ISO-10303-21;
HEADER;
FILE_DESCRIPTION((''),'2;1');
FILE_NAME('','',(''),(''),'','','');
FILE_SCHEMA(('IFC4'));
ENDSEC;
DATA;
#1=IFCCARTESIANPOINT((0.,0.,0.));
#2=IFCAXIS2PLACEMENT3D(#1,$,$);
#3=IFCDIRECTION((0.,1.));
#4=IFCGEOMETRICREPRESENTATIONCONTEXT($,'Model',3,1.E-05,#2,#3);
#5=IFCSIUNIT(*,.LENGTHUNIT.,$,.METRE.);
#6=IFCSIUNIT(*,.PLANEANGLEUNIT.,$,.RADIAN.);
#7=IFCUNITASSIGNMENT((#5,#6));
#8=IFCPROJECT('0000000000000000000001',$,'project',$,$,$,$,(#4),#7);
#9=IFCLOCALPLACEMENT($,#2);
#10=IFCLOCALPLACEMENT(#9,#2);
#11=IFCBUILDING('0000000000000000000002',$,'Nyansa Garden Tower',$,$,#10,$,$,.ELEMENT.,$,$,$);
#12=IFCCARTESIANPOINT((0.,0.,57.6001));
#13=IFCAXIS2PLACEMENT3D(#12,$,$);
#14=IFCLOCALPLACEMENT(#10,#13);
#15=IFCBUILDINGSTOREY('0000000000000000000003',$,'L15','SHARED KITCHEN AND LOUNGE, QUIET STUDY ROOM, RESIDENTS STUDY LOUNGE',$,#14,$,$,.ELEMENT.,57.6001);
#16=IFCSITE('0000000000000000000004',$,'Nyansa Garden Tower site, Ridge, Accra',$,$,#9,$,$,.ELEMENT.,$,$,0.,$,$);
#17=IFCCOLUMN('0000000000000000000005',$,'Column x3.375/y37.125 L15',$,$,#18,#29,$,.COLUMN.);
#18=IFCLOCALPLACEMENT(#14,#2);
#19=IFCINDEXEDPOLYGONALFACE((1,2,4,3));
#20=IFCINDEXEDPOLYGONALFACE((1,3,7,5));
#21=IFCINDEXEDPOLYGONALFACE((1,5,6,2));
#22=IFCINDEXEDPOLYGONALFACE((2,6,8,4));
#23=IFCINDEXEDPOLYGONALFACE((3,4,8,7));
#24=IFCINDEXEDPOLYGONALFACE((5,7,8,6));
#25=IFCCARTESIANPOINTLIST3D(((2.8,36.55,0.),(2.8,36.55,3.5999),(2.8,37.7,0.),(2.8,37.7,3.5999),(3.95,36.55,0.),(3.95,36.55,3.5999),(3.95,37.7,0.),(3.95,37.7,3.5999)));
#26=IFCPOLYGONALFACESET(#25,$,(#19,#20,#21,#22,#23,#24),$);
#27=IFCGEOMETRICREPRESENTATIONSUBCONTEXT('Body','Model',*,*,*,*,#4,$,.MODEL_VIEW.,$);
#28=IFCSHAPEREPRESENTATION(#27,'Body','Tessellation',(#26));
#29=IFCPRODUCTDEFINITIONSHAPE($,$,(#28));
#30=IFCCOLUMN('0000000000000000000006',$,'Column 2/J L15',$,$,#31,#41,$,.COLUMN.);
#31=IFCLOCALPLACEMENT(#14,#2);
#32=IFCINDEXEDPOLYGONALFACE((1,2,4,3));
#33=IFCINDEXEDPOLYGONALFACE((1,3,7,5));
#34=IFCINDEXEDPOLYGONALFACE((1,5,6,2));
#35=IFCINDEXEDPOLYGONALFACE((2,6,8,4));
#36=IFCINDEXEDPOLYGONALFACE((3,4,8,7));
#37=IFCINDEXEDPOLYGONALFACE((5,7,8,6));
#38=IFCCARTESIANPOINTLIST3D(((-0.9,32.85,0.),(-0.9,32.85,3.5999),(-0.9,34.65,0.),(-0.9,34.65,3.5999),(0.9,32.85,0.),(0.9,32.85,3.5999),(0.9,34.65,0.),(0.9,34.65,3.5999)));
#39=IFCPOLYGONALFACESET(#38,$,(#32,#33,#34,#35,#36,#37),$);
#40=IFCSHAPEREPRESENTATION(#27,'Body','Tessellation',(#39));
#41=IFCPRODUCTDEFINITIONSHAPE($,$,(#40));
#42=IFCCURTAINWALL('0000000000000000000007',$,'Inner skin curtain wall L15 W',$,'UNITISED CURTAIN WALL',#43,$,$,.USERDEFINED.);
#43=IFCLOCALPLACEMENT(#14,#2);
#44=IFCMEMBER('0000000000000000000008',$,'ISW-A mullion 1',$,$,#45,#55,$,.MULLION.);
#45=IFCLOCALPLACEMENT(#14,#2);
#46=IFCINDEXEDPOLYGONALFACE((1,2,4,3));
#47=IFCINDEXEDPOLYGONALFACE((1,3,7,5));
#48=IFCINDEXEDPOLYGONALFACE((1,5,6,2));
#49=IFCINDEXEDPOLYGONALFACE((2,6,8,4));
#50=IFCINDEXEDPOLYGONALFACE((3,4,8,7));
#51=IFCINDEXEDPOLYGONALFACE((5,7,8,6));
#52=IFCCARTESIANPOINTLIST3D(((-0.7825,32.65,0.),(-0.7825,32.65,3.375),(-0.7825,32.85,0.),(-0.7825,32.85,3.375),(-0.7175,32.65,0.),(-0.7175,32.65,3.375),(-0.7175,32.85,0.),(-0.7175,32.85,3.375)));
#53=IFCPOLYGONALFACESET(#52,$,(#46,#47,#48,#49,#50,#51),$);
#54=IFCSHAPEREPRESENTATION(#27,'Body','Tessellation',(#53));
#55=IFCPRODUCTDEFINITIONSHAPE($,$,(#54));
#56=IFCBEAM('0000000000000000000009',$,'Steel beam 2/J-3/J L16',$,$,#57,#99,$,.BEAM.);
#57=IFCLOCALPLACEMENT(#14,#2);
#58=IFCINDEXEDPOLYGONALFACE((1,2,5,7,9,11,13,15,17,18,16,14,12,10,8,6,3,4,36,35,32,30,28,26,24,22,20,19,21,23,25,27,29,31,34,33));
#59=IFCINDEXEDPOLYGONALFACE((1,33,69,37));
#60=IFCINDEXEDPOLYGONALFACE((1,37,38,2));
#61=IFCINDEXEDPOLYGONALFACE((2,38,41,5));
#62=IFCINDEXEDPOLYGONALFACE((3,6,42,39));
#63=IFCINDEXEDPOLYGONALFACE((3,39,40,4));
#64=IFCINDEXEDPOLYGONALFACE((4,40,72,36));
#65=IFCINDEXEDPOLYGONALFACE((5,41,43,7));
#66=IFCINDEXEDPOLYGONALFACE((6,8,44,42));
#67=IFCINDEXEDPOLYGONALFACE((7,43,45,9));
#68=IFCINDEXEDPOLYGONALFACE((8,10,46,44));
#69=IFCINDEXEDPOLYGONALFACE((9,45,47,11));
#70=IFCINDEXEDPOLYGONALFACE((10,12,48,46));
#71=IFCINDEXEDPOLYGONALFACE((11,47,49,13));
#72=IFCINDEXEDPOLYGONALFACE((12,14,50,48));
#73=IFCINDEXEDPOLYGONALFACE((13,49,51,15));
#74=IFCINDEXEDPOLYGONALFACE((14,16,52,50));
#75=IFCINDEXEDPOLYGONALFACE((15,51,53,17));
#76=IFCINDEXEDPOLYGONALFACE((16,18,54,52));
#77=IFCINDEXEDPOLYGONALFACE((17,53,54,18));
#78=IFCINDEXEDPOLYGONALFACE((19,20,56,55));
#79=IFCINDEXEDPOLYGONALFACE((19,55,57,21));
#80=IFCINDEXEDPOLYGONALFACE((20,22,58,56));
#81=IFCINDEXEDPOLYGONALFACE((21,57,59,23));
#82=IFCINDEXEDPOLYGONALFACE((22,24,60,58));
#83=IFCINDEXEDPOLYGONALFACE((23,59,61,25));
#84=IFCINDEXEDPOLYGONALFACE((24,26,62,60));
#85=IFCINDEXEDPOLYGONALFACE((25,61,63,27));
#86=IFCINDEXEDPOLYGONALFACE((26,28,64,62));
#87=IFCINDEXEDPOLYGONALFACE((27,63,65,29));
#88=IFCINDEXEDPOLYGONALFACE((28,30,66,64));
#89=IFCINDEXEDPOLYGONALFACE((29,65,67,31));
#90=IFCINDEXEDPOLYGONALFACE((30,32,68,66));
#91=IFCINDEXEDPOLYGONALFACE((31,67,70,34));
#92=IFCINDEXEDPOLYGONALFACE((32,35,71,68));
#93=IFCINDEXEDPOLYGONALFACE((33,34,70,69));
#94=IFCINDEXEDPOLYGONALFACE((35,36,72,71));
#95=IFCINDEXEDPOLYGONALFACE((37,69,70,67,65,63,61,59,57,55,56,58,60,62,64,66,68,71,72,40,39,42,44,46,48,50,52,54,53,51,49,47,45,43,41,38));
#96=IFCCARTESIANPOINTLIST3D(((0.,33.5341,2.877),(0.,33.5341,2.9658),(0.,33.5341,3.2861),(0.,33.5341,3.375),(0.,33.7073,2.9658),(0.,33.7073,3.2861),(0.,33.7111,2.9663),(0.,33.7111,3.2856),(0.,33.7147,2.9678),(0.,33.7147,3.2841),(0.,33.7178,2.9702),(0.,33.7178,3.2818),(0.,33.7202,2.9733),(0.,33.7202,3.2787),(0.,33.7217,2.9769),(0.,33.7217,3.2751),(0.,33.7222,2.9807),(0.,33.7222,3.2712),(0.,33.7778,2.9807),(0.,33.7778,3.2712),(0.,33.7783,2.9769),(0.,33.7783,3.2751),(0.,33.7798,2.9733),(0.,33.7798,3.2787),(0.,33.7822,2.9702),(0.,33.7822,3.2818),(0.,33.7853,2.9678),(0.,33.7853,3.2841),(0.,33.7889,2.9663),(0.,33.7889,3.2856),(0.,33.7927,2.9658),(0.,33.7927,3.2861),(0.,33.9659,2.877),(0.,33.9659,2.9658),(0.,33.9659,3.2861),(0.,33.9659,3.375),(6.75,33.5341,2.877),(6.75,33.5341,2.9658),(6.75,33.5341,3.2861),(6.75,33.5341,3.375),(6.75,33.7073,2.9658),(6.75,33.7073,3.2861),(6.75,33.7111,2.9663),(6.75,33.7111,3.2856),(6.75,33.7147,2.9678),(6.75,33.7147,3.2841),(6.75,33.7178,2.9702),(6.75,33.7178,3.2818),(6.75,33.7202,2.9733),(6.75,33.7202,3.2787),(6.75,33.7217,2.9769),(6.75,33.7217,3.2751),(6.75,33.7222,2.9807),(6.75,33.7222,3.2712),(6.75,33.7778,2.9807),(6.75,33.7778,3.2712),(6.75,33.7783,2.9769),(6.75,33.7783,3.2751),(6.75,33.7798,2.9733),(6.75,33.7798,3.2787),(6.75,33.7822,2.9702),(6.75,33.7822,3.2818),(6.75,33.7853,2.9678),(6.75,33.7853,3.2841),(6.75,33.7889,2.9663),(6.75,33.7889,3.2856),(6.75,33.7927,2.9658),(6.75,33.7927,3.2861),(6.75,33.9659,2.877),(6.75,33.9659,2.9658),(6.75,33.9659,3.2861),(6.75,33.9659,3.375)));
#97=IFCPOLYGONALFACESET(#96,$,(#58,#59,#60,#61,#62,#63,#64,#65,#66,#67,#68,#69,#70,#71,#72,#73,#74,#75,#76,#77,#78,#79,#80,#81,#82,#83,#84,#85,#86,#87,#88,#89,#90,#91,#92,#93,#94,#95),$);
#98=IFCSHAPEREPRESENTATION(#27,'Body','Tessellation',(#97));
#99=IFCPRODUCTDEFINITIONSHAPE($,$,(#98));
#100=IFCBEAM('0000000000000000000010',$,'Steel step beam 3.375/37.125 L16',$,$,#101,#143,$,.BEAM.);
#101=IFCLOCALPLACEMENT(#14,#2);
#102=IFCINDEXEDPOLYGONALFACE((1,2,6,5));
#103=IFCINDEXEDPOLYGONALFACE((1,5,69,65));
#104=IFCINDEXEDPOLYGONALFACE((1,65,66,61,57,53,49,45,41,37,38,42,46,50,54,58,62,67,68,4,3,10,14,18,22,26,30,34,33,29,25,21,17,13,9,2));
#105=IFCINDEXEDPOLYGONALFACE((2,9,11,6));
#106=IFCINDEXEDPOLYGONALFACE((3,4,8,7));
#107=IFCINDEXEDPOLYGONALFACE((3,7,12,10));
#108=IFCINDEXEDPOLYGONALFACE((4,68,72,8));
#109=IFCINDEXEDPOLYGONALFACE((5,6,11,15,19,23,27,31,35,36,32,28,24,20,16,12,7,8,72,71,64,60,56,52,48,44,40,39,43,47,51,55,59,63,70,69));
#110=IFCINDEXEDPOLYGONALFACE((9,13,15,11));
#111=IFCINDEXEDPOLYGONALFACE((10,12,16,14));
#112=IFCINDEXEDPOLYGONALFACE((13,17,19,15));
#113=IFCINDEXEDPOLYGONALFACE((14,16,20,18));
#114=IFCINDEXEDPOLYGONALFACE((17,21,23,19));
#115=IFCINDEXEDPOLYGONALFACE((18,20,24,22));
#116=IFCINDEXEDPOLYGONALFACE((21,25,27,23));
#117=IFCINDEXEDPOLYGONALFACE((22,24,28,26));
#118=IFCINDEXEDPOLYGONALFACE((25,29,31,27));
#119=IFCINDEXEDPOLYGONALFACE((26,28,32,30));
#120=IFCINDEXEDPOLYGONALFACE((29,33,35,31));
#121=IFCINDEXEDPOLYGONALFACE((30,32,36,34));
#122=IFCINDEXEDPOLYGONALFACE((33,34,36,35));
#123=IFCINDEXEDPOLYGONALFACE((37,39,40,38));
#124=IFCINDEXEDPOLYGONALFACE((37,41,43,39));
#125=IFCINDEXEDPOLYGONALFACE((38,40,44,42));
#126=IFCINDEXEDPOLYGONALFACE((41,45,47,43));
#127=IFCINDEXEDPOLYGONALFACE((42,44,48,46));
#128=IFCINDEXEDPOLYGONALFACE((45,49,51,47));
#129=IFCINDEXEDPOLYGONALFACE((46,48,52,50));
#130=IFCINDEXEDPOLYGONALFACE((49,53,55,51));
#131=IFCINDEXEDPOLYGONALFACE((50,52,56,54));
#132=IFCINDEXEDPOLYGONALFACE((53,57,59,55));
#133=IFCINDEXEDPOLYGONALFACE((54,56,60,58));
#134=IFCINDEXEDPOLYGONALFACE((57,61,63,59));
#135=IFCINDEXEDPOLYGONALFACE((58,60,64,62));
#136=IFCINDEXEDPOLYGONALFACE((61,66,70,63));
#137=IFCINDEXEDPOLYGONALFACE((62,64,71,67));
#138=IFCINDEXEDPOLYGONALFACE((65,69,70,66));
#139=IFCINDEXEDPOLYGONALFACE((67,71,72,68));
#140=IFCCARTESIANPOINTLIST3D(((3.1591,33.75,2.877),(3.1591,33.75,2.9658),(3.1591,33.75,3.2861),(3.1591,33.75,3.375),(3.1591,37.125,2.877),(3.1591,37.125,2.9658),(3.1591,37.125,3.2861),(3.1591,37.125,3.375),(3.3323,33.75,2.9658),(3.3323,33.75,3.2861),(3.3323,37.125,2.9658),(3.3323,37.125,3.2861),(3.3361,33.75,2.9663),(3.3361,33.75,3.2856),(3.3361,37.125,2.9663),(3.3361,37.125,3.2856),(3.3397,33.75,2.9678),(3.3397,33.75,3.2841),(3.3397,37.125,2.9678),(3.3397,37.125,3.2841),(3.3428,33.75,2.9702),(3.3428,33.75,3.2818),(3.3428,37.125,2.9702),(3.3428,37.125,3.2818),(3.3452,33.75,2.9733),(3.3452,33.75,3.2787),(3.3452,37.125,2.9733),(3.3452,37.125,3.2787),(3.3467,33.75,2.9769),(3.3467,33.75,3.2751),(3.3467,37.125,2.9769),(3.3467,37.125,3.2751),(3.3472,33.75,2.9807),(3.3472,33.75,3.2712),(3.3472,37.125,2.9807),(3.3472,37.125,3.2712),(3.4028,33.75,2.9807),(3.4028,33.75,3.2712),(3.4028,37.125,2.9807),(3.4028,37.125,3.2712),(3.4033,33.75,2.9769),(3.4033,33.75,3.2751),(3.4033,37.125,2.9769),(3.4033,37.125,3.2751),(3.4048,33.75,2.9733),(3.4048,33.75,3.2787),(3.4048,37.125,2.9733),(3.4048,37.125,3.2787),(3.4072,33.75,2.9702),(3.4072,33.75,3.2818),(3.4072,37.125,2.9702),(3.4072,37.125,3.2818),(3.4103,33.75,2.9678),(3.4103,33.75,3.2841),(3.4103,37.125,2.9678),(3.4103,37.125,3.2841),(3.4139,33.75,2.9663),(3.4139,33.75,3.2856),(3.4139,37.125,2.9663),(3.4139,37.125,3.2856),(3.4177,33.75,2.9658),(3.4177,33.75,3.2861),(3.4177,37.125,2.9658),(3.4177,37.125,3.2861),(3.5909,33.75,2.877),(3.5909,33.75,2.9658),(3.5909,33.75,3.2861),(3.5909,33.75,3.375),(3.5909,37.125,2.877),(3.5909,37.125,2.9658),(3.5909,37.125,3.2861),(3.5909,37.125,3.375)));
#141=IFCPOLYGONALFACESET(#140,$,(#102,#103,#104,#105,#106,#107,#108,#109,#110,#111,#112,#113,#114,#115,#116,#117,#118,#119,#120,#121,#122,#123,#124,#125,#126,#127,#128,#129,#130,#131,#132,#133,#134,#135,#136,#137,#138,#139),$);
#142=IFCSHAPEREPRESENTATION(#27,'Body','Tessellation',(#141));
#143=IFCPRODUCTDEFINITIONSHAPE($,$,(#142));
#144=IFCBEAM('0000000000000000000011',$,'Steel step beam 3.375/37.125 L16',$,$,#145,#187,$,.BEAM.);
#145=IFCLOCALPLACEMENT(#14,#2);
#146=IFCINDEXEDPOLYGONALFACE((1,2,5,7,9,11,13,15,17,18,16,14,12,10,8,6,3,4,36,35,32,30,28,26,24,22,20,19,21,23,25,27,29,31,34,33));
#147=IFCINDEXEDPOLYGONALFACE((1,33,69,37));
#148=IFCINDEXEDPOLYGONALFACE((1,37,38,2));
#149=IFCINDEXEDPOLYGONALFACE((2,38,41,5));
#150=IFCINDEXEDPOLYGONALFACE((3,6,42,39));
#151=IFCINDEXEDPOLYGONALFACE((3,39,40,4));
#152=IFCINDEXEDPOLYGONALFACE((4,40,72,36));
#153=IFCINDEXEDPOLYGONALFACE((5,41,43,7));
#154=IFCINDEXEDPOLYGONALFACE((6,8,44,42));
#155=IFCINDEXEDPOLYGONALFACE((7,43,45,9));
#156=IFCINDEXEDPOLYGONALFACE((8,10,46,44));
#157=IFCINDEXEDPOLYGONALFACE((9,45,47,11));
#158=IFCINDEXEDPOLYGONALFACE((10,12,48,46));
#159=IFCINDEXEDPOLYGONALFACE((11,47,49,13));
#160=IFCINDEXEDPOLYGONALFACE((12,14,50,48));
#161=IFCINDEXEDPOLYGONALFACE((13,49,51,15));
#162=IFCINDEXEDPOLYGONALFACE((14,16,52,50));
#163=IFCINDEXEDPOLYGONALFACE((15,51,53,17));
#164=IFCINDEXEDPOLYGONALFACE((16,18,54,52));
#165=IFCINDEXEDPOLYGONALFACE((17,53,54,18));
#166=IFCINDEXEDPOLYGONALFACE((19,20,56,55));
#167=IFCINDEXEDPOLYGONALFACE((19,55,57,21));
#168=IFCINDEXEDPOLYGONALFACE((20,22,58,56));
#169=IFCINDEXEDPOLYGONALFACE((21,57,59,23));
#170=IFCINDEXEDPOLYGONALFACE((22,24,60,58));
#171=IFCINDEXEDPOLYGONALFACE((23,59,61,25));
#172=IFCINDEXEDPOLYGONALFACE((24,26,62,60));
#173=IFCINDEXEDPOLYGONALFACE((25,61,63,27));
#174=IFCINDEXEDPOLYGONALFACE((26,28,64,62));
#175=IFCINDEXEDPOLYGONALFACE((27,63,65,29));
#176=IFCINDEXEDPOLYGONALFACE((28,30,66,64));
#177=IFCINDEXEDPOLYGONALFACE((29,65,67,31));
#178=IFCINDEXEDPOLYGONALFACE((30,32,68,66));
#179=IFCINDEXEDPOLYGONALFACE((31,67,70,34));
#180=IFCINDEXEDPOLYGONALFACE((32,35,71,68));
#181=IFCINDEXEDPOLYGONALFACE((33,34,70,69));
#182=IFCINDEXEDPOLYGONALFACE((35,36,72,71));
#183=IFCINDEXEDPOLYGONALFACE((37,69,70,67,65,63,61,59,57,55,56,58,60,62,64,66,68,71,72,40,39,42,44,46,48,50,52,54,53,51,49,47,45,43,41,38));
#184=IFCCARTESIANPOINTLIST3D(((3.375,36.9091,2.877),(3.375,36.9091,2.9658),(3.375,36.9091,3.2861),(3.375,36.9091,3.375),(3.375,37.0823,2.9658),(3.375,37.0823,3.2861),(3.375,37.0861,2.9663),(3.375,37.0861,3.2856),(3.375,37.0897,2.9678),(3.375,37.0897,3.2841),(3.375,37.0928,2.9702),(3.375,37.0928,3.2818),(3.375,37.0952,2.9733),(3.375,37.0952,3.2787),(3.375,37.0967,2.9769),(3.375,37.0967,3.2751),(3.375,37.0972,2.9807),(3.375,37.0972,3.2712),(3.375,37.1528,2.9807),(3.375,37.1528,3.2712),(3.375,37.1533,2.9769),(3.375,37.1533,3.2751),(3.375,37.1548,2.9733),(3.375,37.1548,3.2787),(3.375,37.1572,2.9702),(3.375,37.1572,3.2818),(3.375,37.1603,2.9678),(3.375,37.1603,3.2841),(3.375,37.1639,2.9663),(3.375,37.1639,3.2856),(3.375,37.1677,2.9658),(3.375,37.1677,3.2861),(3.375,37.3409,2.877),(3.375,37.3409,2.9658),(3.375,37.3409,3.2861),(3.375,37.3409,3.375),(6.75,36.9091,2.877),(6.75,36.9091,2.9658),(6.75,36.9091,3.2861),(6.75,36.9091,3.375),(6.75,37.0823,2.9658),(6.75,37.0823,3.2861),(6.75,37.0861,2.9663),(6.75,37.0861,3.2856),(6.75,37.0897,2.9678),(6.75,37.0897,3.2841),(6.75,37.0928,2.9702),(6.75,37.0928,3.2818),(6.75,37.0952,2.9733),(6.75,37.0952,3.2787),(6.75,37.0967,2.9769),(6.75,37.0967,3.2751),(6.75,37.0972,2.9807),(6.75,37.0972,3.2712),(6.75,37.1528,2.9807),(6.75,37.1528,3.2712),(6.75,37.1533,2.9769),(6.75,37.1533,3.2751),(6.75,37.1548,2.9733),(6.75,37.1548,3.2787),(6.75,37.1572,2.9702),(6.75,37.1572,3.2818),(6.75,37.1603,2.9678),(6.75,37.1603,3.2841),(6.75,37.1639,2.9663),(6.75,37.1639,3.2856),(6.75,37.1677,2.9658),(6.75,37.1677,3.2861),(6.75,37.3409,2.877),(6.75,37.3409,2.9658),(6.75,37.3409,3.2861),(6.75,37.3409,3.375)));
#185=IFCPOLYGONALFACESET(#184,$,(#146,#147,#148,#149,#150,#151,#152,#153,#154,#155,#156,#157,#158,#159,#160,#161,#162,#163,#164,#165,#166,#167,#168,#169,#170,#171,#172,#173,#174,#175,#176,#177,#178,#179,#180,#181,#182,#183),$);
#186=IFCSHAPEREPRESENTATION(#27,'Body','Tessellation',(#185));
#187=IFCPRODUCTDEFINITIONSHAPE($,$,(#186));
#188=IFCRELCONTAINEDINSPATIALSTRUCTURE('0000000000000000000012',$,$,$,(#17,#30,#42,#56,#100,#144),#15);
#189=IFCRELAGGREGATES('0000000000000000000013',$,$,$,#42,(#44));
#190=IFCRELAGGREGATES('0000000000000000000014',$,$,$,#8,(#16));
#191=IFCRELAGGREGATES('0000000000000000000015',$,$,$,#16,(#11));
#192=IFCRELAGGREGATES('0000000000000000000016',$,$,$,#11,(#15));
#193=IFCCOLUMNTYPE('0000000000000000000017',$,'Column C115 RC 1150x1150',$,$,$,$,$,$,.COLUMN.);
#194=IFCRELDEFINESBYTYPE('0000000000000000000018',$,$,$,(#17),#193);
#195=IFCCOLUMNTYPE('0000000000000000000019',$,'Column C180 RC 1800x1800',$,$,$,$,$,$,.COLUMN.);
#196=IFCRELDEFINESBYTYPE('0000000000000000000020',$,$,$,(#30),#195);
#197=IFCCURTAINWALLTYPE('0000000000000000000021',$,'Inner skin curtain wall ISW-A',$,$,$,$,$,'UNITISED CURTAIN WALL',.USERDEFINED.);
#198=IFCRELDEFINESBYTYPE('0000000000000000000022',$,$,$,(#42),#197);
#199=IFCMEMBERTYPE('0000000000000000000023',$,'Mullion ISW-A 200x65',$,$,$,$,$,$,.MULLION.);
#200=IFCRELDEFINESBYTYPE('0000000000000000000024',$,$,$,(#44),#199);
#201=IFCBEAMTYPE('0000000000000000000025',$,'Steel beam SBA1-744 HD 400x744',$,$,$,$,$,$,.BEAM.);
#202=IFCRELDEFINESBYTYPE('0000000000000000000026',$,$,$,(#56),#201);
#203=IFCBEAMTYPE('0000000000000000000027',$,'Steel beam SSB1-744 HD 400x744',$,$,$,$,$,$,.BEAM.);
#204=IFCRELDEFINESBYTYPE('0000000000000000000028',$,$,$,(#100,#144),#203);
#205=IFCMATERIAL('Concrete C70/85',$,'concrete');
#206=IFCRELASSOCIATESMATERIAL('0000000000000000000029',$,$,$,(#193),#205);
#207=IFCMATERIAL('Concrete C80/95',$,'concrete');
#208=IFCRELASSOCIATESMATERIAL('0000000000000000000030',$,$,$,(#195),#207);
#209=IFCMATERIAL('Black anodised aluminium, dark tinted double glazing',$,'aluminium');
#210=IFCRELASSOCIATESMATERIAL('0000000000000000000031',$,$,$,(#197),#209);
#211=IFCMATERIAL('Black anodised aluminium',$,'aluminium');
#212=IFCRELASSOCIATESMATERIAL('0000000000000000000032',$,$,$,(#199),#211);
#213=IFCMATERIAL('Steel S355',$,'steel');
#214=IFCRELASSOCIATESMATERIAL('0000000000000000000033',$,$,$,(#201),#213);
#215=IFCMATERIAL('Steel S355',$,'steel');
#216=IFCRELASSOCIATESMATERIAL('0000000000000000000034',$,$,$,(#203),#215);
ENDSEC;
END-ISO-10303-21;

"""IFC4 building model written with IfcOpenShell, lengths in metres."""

from ifc_helpers import new_model, si_unit, direction, frame, origin, origin_2d, place, context, subcontext, project, spatial, rectangle, i_section, extrude, material, material_profile, profile_set, type_object, element, aggregate, save


model = new_model("IFC4")

# Units and contexts
model_context = context("Model", 3, precision=1e-05, world=origin(), true_north=direction((0.0, 1.0)))
body_context = subcontext(model_context, "Body", "Model", "MODEL_VIEW")
ifc_project = project(units=[si_unit("LENGTHUNIT", "METRE"), si_unit("PLANEANGLEUNIT", "RADIAN")], contexts=[model_context])

# Site, building, storey
site_placement = place(None, origin())
site = spatial("IfcSite", under=ifc_project, at=site_placement, Name="Nyansa Garden Tower site, Ridge, Accra", CompositionType="ELEMENT", RefElevation=0.0)
building_placement = place(site_placement, origin())
building = spatial("IfcBuilding", under=site, at=building_placement, Name="Nyansa Garden Tower", CompositionType="ELEMENT")
storey_placement = place(building_placement, frame((0.0, 0.0, 57.6001)))
storey = spatial("IfcBuildingStorey", under=building, at=storey_placement, Name="L15", Description="SHARED KITCHEN AND LOUNGE, QUIET STUDY ROOM, RESIDENTS STUDY LOUNGE", CompositionType="ELEMENT", Elevation=57.6001)

# Columns
ifc_material_1 = material(Name="Concrete C70/85", Category="concrete")
ifc_material_profile_1 = material_profile(ifc_material_1, rectangle(XDim=1.1499, YDim=1.1499, at=origin_2d()), Name="RC 1150x1150")
ifc_profile_set_1 = profile_set([ifc_material_profile_1], Name="Concrete C70/85")
column_type_1 = type_object("IfcColumnType", Name="Column C115 RC 1150x1150", PredefinedType="COLUMN", material=ifc_profile_set_1)
column_1_placement = place(storey_placement, frame((3.375, 37.125, 0.0), z_axis=(0.0, 0.0, 1.0), x_axis=(1.0, 0.0, 0.0)))
element("IfcColumn", 1, at=column_1_placement, inside=storey, type_object=column_type_1, Name="Column x3.375/y37.125 L15", PredefinedType="COLUMN", context=body_context, shape_type="SweptSolid", body=[
    extrude(rectangle(XDim=1.1499, YDim=1.1499, at=origin_2d()), origin(), (0.0, 0.0, 1.0), 3.5999),
])
ifc_material_2 = material(Name="Concrete C80/95", Category="concrete")
ifc_material_profile_2 = material_profile(ifc_material_2, rectangle(XDim=1.8, YDim=1.8, at=origin_2d()), Name="RC 1800x1800")
ifc_profile_set_2 = profile_set([ifc_material_profile_2], Name="Concrete C80/95")
column_type_2 = type_object("IfcColumnType", Name="Column C180 RC 1800x1800", PredefinedType="COLUMN", material=ifc_profile_set_2)
column_2_placement = place(storey_placement, frame((0.0, 33.75, 0.0), z_axis=(0.0, 0.0, 1.0), x_axis=(1.0, 0.0, 0.0)))
element("IfcColumn", 2, at=column_2_placement, inside=storey, type_object=column_type_2, Name="Column 2/J L15", PredefinedType="COLUMN", context=body_context, shape_type="SweptSolid", body=[
    extrude(rectangle(XDim=1.8, YDim=1.8, at=origin_2d()), origin(), (0.0, 0.0, 1.0), 3.5999),
])

# Curtain wall, member
ifc_material_3 = material(Name="Black anodised aluminium, dark tinted double glazing", Category="aluminium")
curtain_wall_type = type_object("IfcCurtainWallType", Name="Inner skin curtain wall ISW-A", ElementType="UNITISED CURTAIN WALL", PredefinedType="USERDEFINED", material=ifc_material_3)
curtain_wall_placement = place(storey_placement, origin())
curtain_wall = element("IfcCurtainWall", 3, at=curtain_wall_placement, inside=storey, type_object=curtain_wall_type, Name="Inner skin curtain wall L15 W", ObjectType="UNITISED CURTAIN WALL", PredefinedType="USERDEFINED")
ifc_material_4 = material(Name="Black anodised aluminium", Category="aluminium")
ifc_material_profile_3 = material_profile(ifc_material_4, rectangle(XDim=0.0649, YDim=0.2, at=origin_2d()), Name="Mullion 200x65")
ifc_profile_set_3 = profile_set([ifc_material_profile_3], Name="Black anodised aluminium")
member_type_1 = type_object("IfcMemberType", Name="Mullion ISW-A 200x65", PredefinedType="MULLION", material=ifc_profile_set_3)
member_1_placement = place(storey_placement, frame((-0.75, 32.75, 0.0), z_axis=(0.0, 0.0, 1.0), x_axis=(1.0, 0.0, 0.0)))
member_1 = element("IfcMember", 4, at=member_1_placement, type_object=member_type_1, Name="ISW-A mullion 1", PredefinedType="MULLION", context=body_context, shape_type="SweptSolid", body=[
    extrude(rectangle(XDim=0.0649, YDim=0.2, at=origin_2d()), origin(), (0.0, 0.0, 1.0), 3.375),
])

# Beams
ifc_material_5 = material(Name="Steel S355", Category="steel")
ifc_material_profile_4 = material_profile(ifc_material_5, i_section(OverallWidth=0.4319, OverallDepth=0.498, WebThickness=0.0557, FlangeThickness=0.0889, FilletRadius=0.0149, at=origin_2d()), Name="HD 400x744")
ifc_profile_set_4 = profile_set([ifc_material_profile_4], Name="Steel S355")
beam_type_1 = type_object("IfcBeamType", Name="Steel beam SBA1-744 HD 400x744", PredefinedType="BEAM", material=ifc_profile_set_4)
beam_placement = place(storey_placement, frame((0.0, 33.75, 3.126), z_axis=(1.0, 0.0, 0.0), x_axis=(0.0, 1.0, 0.0)))
element("IfcBeam", 5, at=beam_placement, inside=storey, type_object=beam_type_1, Name="Steel beam 2/J-3/J L16", PredefinedType="BEAM", context=body_context, shape_type="SweptSolid", body=[
    extrude(i_section(OverallWidth=0.4319, OverallDepth=0.498, WebThickness=0.0557, FlangeThickness=0.0889, FilletRadius=0.0149, at=origin_2d()), origin(), (0.0, 0.0, 1.0), 6.75),
])
ifc_material_6 = material(Name="Steel S355", Category="steel")
ifc_material_profile_5 = material_profile(ifc_material_6, i_section(OverallWidth=0.4319, OverallDepth=0.498, WebThickness=0.0557, FlangeThickness=0.0889, FilletRadius=0.0149, at=origin_2d()), Name="HD 400x744")
ifc_profile_set_5 = profile_set([ifc_material_profile_5], Name="Steel S355")
beam_type_2 = type_object("IfcBeamType", Name="Steel beam SSB1-744 HD 400x744", PredefinedType="BEAM", material=ifc_profile_set_5)
for number, where, z_axis, x_axis, name in (
    (6, (3.375, 37.125, 3.126), (0.0, -1.0, 0.0), (1.0, 0.0, 0.0), "Steel step beam 3.375/37.125 L16"),
    (7, (3.375, 37.125, 3.126), (1.0, 0.0, 0.0), (0.0, 1.0, 0.0), "Steel step beam 3.375/37.125 L16"),
):
    element("IfcBeam", number, at=place(storey_placement, frame(where, z_axis=z_axis, x_axis=x_axis)), inside=storey, type_object=beam_type_2, Name=name, PredefinedType="BEAM", context=body_context, shape_type="SweptSolid", body=[
        extrude(i_section(OverallWidth=0.4319, OverallDepth=0.498, WebThickness=0.0557, FlangeThickness=0.0889, FilletRadius=0.0149, at=origin_2d()), origin(), (0.0, 0.0, 1.0), 3.375),
    ])

aggregate(curtain_wall, [member_1])

save(model, "model.ifc")
